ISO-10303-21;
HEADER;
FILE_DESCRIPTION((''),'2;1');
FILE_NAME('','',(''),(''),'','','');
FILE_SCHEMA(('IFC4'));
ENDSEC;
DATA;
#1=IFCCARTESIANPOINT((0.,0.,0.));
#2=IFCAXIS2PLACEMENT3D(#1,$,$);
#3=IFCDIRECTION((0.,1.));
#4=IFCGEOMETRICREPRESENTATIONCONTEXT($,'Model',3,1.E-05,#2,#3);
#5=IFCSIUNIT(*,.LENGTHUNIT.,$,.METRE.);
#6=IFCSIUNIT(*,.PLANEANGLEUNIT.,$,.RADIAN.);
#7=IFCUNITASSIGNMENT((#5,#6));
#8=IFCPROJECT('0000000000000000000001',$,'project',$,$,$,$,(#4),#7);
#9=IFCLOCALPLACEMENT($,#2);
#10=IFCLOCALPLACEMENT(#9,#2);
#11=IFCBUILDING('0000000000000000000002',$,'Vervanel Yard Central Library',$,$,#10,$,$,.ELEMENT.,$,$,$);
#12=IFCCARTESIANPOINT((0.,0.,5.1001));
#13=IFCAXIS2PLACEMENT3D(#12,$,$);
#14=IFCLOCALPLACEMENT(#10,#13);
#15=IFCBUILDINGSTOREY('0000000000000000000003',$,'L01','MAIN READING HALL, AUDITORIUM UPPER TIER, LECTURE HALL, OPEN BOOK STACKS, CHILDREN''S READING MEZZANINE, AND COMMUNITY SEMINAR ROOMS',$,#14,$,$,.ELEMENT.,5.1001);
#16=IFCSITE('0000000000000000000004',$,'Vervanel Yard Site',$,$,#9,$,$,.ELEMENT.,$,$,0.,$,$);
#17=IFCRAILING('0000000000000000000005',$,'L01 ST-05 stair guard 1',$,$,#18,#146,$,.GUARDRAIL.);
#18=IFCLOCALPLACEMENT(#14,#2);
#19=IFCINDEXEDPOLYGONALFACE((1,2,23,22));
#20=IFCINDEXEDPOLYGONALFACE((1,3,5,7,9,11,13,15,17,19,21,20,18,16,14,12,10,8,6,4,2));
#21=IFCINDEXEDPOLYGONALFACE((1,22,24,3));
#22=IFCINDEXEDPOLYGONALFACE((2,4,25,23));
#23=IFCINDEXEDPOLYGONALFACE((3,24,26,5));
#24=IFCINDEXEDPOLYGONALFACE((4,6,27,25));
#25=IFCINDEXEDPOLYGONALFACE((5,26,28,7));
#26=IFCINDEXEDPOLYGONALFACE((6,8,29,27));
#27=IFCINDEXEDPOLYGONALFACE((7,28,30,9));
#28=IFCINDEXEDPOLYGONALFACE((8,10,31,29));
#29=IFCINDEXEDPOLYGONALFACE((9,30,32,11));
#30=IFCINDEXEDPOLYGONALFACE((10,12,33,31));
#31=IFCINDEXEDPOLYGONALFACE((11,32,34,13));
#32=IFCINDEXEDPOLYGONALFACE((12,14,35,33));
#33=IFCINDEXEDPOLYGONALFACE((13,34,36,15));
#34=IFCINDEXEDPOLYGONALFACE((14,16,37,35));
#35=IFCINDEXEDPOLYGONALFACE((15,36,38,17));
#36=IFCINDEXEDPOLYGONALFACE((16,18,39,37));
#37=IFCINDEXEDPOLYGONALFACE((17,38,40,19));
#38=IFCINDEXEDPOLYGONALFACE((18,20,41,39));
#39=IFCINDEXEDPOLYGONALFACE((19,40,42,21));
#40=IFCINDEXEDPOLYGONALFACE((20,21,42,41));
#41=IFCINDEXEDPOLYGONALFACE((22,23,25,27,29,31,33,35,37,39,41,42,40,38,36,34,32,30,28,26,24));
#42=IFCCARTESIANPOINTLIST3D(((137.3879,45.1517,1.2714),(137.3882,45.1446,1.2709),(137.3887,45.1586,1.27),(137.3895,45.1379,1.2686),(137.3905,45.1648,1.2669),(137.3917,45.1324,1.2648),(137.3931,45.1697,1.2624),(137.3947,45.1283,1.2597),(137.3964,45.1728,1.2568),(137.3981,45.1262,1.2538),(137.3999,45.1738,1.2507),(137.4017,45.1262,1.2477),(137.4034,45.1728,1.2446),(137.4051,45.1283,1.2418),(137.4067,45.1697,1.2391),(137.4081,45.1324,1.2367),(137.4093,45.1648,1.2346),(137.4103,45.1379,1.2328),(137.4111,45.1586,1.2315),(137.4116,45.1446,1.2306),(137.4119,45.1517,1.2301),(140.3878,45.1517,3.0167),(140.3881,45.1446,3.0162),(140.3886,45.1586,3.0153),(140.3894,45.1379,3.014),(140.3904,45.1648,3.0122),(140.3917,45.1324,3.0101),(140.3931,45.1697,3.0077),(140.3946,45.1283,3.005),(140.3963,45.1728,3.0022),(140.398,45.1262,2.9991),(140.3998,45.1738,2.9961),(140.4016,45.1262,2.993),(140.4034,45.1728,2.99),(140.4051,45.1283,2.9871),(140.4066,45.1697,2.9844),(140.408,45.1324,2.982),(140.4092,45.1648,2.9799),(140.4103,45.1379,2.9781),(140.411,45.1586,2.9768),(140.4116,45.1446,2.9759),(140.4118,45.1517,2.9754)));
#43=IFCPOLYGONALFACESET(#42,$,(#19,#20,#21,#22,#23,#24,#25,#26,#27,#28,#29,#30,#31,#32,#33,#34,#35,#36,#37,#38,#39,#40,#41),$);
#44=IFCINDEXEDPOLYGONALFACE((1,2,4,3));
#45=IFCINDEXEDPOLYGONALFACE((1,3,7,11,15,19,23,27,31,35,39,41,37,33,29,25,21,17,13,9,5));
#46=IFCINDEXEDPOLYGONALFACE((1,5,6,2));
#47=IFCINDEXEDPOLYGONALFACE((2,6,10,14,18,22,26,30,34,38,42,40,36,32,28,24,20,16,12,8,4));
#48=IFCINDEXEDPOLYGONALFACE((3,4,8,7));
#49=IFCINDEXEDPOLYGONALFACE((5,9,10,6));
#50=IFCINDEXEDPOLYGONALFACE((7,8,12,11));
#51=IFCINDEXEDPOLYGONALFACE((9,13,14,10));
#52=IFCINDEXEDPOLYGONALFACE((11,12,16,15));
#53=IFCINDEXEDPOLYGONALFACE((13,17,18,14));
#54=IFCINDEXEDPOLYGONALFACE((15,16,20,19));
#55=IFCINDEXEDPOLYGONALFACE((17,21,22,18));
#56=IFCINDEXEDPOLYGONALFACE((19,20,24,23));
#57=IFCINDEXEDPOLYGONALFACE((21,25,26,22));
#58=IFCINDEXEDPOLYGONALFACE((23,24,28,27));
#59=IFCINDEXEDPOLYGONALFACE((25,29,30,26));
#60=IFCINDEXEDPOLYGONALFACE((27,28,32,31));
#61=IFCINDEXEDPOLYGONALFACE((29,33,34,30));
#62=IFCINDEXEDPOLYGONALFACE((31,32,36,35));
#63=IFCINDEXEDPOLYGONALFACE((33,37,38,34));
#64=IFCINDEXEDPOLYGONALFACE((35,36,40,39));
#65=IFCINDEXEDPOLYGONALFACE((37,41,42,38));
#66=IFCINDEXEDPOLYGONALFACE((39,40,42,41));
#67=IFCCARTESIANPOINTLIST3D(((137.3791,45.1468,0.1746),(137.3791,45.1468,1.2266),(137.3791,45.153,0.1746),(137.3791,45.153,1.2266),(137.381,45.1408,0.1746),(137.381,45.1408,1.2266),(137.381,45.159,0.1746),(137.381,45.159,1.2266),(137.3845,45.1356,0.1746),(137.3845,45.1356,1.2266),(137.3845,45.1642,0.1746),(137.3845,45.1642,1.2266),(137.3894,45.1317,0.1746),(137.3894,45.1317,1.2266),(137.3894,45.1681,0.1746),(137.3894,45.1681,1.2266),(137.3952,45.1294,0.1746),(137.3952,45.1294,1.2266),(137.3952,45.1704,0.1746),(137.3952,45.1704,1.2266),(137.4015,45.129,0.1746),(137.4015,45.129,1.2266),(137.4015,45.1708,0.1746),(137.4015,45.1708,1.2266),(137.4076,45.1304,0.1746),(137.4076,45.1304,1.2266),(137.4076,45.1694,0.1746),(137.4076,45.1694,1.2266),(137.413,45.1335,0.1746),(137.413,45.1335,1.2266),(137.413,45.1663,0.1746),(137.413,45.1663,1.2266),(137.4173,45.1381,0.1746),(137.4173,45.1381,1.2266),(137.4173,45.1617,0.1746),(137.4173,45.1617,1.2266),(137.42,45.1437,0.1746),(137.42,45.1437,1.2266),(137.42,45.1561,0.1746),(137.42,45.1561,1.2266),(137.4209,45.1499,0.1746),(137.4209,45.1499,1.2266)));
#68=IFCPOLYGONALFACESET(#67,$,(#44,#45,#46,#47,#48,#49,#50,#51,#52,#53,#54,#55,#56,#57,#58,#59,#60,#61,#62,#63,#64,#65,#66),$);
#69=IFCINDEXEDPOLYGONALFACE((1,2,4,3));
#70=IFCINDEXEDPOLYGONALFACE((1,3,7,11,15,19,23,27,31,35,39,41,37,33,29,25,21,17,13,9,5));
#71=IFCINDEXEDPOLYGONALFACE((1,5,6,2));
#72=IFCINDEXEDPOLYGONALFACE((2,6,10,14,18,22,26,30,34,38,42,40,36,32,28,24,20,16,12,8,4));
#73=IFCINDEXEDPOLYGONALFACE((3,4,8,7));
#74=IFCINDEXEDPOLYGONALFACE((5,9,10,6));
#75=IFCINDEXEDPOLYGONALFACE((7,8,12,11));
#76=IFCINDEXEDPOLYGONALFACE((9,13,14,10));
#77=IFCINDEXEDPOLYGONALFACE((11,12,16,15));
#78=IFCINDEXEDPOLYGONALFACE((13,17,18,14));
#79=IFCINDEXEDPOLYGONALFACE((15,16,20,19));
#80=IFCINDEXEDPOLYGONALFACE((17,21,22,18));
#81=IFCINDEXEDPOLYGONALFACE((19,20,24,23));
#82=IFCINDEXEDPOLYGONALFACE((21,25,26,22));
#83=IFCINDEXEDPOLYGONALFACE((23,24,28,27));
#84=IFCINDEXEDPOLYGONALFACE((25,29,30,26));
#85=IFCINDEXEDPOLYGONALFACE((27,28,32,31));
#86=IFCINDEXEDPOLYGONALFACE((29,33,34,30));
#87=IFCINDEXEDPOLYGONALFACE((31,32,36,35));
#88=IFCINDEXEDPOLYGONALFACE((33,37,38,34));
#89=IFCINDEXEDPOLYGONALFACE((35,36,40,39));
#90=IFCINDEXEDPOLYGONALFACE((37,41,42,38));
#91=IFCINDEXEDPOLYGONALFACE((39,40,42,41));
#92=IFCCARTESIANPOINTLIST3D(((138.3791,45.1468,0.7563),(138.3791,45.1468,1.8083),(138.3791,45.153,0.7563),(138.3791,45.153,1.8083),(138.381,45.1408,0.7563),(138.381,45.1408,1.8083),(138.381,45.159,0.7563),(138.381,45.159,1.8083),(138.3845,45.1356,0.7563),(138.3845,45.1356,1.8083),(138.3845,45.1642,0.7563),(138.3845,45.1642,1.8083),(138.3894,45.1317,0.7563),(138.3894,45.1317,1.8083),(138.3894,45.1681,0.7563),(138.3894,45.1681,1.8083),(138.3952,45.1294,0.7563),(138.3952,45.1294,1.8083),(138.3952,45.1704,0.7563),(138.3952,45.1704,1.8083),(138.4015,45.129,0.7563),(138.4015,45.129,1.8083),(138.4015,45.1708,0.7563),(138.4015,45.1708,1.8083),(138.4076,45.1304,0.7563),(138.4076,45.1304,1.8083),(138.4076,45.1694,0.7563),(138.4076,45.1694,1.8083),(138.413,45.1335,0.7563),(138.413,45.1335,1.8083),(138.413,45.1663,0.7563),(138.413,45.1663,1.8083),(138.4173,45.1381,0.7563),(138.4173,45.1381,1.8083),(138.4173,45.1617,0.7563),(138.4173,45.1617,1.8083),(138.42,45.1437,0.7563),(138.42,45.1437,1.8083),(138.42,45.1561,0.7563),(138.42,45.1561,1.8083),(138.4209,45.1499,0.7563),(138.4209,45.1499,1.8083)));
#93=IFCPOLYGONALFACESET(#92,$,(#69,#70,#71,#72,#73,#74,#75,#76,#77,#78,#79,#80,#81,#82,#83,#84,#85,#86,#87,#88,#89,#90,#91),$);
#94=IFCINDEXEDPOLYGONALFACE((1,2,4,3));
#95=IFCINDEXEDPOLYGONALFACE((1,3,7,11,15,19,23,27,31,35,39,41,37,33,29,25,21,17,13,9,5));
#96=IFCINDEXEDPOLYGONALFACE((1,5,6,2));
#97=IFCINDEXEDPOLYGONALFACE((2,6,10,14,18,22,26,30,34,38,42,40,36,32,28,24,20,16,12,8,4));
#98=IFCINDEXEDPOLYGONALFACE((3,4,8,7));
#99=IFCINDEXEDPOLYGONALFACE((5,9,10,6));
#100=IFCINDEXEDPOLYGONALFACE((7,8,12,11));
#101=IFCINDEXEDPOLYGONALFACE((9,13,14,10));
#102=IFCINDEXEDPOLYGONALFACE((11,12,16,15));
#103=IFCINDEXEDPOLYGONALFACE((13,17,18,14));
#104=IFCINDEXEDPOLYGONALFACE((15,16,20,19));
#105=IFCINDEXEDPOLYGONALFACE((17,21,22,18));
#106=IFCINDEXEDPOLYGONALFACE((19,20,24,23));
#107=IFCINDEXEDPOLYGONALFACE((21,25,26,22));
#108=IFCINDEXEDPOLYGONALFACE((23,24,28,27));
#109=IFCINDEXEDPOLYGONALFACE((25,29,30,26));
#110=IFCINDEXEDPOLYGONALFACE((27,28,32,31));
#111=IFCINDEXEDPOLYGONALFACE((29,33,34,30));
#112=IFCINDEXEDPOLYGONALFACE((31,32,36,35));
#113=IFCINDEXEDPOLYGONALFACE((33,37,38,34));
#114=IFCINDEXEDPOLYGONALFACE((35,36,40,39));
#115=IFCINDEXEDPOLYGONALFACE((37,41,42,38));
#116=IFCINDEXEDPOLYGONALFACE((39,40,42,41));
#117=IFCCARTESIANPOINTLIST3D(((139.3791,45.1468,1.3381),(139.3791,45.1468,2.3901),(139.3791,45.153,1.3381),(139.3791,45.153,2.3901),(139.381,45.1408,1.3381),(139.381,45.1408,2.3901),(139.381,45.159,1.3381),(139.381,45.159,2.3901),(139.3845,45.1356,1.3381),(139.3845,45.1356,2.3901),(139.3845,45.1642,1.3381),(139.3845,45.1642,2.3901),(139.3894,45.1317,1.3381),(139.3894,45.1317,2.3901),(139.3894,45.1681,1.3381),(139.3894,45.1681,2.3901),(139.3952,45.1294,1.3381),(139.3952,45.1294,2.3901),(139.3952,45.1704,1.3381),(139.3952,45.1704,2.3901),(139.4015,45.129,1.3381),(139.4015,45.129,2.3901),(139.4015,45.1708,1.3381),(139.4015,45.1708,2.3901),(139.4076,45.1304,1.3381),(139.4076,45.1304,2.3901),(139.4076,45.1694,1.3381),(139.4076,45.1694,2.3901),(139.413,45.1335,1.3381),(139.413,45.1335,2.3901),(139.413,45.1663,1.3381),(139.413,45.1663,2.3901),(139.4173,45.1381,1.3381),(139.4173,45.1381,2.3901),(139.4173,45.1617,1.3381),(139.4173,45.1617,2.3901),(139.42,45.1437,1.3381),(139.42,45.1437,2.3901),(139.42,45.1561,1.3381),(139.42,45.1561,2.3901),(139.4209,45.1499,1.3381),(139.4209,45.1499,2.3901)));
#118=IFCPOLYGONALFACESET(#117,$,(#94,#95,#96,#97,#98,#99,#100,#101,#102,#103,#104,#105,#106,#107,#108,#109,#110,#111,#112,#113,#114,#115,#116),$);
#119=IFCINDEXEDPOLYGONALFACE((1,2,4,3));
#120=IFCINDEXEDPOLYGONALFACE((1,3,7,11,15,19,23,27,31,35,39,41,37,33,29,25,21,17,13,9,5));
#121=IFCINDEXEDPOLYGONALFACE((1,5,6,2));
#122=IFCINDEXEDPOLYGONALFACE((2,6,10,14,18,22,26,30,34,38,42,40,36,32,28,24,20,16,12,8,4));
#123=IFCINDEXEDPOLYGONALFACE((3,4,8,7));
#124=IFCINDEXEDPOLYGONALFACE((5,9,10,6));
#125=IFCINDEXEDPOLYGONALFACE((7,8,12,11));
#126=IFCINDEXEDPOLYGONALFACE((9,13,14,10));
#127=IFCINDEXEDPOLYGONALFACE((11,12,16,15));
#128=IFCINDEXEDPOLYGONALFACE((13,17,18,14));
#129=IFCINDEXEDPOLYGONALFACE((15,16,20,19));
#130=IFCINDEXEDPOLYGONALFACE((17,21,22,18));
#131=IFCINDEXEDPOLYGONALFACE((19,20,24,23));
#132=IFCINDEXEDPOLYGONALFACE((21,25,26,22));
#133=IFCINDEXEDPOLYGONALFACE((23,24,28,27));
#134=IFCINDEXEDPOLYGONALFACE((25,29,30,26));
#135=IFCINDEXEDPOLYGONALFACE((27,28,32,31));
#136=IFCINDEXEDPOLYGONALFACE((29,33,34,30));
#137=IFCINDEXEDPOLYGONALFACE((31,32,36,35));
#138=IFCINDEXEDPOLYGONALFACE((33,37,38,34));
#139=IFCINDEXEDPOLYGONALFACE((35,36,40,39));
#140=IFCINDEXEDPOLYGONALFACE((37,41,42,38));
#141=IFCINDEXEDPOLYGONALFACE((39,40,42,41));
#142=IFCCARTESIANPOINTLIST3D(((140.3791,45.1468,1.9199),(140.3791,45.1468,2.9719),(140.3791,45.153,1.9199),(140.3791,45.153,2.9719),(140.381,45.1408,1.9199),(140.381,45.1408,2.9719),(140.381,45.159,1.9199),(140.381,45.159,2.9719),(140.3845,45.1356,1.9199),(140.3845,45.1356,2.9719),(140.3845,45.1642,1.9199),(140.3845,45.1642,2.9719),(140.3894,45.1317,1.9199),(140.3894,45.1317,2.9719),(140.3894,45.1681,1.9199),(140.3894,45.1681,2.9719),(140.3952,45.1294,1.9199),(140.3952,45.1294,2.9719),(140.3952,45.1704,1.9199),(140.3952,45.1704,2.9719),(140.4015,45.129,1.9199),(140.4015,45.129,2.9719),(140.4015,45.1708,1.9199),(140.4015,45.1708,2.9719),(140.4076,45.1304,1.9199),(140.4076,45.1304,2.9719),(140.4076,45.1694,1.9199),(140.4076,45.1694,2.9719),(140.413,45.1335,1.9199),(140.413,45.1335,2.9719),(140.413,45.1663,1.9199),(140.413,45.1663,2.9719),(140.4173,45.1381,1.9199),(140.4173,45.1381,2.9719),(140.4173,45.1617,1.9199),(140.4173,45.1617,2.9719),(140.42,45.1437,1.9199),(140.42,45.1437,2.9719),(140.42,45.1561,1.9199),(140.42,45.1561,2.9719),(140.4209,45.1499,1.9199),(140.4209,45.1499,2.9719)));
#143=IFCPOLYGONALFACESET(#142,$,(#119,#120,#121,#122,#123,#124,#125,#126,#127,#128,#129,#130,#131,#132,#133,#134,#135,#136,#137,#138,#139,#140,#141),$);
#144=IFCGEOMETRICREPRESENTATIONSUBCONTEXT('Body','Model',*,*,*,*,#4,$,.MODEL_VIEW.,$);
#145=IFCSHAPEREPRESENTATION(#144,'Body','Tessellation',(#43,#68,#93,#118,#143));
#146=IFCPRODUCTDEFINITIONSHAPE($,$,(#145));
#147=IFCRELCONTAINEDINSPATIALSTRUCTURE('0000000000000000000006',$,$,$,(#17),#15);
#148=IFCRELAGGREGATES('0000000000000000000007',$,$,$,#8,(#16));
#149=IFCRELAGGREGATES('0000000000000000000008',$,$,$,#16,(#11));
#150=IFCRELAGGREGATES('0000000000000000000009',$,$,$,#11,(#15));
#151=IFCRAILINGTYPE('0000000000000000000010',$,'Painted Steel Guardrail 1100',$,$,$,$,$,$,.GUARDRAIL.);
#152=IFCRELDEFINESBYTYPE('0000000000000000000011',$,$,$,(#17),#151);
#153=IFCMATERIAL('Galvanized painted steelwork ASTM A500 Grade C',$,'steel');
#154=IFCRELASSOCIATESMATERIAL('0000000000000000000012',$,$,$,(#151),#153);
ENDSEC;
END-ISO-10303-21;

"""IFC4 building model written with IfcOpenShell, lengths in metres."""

from ifc_helpers import new_model, si_unit, direction, frame, origin, origin_2d, place, context, subcontext, project, spatial, circle, extrude, material, type_object, element, save


model = new_model("IFC4")

# Units and contexts
model_context = context("Model", 3, precision=1e-05, world=origin(), true_north=direction((0.0, 1.0)))
body_context = subcontext(model_context, "Body", "Model", "MODEL_VIEW")
ifc_project = project(units=[si_unit("LENGTHUNIT", "METRE"), si_unit("PLANEANGLEUNIT", "RADIAN")], contexts=[model_context])

# Site, building, storey
site_placement = place(None, origin())
site = spatial("IfcSite", under=ifc_project, at=site_placement, Name="Vervanel Yard Site", CompositionType="ELEMENT", RefElevation=0.0)
building_placement = place(site_placement, origin())
building = spatial("IfcBuilding", under=site, at=building_placement, Name="Vervanel Yard Central Library", CompositionType="ELEMENT")
storey_placement = place(building_placement, frame((0.0, 0.0, 5.1001)))
storey = spatial("IfcBuildingStorey", under=building, at=storey_placement, Name="L01", Description="MAIN READING HALL, AUDITORIUM UPPER TIER, LECTURE HALL, OPEN BOOK STACKS, CHILDREN'S READING MEZZANINE, AND COMMUNITY SEMINAR ROOMS", CompositionType="ELEMENT", Elevation=5.1001)

# Shared definitions
ifc_material_1 = material(Name="Galvanized painted steelwork ASTM A500 Grade C", Category="steel")

# Railing
railing_type_1 = type_object("IfcRailingType", Name="Painted Steel Guardrail 1100", PredefinedType="GUARDRAIL", material=ifc_material_1)
railing_1_placement = place(storey_placement, frame((137.3999, 45.1499, 0.1746)))
element("IfcRailing", 1, at=railing_1_placement, inside=storey, type_object=railing_type_1, Name="L01 ST-05 stair guard 1", PredefinedType="GUARDRAIL", context=body_context, shape_type="SweptSolid", body=[
    extrude(circle(Radius=0.0239, at=origin_2d()), frame((0.0, 0.0, 1.0762), z_axis=(0.86436, 0.0, 0.502874), x_axis=(0.0, 1.0, 0.0)), (0.0, 0.0, 1.0), 3.4707),
    extrude(circle(Radius=0.021, at=origin_2d()), origin(), (0.0, 0.0, 1.0), 1.052),
    extrude(circle(Radius=0.021, at=origin_2d()), frame((1.0, 0.0, 0.5818)), (0.0, 0.0, 1.0), 1.052),
    extrude(circle(Radius=0.021, at=origin_2d()), frame((2.0, 0.0, 1.1636)), (0.0, 0.0, 1.0), 1.052),
    extrude(circle(Radius=0.021, at=origin_2d()), frame((3.0, 0.0, 1.7454)), (0.0, 0.0, 1.0), 1.052),
])

save(model, "model.ifc")
